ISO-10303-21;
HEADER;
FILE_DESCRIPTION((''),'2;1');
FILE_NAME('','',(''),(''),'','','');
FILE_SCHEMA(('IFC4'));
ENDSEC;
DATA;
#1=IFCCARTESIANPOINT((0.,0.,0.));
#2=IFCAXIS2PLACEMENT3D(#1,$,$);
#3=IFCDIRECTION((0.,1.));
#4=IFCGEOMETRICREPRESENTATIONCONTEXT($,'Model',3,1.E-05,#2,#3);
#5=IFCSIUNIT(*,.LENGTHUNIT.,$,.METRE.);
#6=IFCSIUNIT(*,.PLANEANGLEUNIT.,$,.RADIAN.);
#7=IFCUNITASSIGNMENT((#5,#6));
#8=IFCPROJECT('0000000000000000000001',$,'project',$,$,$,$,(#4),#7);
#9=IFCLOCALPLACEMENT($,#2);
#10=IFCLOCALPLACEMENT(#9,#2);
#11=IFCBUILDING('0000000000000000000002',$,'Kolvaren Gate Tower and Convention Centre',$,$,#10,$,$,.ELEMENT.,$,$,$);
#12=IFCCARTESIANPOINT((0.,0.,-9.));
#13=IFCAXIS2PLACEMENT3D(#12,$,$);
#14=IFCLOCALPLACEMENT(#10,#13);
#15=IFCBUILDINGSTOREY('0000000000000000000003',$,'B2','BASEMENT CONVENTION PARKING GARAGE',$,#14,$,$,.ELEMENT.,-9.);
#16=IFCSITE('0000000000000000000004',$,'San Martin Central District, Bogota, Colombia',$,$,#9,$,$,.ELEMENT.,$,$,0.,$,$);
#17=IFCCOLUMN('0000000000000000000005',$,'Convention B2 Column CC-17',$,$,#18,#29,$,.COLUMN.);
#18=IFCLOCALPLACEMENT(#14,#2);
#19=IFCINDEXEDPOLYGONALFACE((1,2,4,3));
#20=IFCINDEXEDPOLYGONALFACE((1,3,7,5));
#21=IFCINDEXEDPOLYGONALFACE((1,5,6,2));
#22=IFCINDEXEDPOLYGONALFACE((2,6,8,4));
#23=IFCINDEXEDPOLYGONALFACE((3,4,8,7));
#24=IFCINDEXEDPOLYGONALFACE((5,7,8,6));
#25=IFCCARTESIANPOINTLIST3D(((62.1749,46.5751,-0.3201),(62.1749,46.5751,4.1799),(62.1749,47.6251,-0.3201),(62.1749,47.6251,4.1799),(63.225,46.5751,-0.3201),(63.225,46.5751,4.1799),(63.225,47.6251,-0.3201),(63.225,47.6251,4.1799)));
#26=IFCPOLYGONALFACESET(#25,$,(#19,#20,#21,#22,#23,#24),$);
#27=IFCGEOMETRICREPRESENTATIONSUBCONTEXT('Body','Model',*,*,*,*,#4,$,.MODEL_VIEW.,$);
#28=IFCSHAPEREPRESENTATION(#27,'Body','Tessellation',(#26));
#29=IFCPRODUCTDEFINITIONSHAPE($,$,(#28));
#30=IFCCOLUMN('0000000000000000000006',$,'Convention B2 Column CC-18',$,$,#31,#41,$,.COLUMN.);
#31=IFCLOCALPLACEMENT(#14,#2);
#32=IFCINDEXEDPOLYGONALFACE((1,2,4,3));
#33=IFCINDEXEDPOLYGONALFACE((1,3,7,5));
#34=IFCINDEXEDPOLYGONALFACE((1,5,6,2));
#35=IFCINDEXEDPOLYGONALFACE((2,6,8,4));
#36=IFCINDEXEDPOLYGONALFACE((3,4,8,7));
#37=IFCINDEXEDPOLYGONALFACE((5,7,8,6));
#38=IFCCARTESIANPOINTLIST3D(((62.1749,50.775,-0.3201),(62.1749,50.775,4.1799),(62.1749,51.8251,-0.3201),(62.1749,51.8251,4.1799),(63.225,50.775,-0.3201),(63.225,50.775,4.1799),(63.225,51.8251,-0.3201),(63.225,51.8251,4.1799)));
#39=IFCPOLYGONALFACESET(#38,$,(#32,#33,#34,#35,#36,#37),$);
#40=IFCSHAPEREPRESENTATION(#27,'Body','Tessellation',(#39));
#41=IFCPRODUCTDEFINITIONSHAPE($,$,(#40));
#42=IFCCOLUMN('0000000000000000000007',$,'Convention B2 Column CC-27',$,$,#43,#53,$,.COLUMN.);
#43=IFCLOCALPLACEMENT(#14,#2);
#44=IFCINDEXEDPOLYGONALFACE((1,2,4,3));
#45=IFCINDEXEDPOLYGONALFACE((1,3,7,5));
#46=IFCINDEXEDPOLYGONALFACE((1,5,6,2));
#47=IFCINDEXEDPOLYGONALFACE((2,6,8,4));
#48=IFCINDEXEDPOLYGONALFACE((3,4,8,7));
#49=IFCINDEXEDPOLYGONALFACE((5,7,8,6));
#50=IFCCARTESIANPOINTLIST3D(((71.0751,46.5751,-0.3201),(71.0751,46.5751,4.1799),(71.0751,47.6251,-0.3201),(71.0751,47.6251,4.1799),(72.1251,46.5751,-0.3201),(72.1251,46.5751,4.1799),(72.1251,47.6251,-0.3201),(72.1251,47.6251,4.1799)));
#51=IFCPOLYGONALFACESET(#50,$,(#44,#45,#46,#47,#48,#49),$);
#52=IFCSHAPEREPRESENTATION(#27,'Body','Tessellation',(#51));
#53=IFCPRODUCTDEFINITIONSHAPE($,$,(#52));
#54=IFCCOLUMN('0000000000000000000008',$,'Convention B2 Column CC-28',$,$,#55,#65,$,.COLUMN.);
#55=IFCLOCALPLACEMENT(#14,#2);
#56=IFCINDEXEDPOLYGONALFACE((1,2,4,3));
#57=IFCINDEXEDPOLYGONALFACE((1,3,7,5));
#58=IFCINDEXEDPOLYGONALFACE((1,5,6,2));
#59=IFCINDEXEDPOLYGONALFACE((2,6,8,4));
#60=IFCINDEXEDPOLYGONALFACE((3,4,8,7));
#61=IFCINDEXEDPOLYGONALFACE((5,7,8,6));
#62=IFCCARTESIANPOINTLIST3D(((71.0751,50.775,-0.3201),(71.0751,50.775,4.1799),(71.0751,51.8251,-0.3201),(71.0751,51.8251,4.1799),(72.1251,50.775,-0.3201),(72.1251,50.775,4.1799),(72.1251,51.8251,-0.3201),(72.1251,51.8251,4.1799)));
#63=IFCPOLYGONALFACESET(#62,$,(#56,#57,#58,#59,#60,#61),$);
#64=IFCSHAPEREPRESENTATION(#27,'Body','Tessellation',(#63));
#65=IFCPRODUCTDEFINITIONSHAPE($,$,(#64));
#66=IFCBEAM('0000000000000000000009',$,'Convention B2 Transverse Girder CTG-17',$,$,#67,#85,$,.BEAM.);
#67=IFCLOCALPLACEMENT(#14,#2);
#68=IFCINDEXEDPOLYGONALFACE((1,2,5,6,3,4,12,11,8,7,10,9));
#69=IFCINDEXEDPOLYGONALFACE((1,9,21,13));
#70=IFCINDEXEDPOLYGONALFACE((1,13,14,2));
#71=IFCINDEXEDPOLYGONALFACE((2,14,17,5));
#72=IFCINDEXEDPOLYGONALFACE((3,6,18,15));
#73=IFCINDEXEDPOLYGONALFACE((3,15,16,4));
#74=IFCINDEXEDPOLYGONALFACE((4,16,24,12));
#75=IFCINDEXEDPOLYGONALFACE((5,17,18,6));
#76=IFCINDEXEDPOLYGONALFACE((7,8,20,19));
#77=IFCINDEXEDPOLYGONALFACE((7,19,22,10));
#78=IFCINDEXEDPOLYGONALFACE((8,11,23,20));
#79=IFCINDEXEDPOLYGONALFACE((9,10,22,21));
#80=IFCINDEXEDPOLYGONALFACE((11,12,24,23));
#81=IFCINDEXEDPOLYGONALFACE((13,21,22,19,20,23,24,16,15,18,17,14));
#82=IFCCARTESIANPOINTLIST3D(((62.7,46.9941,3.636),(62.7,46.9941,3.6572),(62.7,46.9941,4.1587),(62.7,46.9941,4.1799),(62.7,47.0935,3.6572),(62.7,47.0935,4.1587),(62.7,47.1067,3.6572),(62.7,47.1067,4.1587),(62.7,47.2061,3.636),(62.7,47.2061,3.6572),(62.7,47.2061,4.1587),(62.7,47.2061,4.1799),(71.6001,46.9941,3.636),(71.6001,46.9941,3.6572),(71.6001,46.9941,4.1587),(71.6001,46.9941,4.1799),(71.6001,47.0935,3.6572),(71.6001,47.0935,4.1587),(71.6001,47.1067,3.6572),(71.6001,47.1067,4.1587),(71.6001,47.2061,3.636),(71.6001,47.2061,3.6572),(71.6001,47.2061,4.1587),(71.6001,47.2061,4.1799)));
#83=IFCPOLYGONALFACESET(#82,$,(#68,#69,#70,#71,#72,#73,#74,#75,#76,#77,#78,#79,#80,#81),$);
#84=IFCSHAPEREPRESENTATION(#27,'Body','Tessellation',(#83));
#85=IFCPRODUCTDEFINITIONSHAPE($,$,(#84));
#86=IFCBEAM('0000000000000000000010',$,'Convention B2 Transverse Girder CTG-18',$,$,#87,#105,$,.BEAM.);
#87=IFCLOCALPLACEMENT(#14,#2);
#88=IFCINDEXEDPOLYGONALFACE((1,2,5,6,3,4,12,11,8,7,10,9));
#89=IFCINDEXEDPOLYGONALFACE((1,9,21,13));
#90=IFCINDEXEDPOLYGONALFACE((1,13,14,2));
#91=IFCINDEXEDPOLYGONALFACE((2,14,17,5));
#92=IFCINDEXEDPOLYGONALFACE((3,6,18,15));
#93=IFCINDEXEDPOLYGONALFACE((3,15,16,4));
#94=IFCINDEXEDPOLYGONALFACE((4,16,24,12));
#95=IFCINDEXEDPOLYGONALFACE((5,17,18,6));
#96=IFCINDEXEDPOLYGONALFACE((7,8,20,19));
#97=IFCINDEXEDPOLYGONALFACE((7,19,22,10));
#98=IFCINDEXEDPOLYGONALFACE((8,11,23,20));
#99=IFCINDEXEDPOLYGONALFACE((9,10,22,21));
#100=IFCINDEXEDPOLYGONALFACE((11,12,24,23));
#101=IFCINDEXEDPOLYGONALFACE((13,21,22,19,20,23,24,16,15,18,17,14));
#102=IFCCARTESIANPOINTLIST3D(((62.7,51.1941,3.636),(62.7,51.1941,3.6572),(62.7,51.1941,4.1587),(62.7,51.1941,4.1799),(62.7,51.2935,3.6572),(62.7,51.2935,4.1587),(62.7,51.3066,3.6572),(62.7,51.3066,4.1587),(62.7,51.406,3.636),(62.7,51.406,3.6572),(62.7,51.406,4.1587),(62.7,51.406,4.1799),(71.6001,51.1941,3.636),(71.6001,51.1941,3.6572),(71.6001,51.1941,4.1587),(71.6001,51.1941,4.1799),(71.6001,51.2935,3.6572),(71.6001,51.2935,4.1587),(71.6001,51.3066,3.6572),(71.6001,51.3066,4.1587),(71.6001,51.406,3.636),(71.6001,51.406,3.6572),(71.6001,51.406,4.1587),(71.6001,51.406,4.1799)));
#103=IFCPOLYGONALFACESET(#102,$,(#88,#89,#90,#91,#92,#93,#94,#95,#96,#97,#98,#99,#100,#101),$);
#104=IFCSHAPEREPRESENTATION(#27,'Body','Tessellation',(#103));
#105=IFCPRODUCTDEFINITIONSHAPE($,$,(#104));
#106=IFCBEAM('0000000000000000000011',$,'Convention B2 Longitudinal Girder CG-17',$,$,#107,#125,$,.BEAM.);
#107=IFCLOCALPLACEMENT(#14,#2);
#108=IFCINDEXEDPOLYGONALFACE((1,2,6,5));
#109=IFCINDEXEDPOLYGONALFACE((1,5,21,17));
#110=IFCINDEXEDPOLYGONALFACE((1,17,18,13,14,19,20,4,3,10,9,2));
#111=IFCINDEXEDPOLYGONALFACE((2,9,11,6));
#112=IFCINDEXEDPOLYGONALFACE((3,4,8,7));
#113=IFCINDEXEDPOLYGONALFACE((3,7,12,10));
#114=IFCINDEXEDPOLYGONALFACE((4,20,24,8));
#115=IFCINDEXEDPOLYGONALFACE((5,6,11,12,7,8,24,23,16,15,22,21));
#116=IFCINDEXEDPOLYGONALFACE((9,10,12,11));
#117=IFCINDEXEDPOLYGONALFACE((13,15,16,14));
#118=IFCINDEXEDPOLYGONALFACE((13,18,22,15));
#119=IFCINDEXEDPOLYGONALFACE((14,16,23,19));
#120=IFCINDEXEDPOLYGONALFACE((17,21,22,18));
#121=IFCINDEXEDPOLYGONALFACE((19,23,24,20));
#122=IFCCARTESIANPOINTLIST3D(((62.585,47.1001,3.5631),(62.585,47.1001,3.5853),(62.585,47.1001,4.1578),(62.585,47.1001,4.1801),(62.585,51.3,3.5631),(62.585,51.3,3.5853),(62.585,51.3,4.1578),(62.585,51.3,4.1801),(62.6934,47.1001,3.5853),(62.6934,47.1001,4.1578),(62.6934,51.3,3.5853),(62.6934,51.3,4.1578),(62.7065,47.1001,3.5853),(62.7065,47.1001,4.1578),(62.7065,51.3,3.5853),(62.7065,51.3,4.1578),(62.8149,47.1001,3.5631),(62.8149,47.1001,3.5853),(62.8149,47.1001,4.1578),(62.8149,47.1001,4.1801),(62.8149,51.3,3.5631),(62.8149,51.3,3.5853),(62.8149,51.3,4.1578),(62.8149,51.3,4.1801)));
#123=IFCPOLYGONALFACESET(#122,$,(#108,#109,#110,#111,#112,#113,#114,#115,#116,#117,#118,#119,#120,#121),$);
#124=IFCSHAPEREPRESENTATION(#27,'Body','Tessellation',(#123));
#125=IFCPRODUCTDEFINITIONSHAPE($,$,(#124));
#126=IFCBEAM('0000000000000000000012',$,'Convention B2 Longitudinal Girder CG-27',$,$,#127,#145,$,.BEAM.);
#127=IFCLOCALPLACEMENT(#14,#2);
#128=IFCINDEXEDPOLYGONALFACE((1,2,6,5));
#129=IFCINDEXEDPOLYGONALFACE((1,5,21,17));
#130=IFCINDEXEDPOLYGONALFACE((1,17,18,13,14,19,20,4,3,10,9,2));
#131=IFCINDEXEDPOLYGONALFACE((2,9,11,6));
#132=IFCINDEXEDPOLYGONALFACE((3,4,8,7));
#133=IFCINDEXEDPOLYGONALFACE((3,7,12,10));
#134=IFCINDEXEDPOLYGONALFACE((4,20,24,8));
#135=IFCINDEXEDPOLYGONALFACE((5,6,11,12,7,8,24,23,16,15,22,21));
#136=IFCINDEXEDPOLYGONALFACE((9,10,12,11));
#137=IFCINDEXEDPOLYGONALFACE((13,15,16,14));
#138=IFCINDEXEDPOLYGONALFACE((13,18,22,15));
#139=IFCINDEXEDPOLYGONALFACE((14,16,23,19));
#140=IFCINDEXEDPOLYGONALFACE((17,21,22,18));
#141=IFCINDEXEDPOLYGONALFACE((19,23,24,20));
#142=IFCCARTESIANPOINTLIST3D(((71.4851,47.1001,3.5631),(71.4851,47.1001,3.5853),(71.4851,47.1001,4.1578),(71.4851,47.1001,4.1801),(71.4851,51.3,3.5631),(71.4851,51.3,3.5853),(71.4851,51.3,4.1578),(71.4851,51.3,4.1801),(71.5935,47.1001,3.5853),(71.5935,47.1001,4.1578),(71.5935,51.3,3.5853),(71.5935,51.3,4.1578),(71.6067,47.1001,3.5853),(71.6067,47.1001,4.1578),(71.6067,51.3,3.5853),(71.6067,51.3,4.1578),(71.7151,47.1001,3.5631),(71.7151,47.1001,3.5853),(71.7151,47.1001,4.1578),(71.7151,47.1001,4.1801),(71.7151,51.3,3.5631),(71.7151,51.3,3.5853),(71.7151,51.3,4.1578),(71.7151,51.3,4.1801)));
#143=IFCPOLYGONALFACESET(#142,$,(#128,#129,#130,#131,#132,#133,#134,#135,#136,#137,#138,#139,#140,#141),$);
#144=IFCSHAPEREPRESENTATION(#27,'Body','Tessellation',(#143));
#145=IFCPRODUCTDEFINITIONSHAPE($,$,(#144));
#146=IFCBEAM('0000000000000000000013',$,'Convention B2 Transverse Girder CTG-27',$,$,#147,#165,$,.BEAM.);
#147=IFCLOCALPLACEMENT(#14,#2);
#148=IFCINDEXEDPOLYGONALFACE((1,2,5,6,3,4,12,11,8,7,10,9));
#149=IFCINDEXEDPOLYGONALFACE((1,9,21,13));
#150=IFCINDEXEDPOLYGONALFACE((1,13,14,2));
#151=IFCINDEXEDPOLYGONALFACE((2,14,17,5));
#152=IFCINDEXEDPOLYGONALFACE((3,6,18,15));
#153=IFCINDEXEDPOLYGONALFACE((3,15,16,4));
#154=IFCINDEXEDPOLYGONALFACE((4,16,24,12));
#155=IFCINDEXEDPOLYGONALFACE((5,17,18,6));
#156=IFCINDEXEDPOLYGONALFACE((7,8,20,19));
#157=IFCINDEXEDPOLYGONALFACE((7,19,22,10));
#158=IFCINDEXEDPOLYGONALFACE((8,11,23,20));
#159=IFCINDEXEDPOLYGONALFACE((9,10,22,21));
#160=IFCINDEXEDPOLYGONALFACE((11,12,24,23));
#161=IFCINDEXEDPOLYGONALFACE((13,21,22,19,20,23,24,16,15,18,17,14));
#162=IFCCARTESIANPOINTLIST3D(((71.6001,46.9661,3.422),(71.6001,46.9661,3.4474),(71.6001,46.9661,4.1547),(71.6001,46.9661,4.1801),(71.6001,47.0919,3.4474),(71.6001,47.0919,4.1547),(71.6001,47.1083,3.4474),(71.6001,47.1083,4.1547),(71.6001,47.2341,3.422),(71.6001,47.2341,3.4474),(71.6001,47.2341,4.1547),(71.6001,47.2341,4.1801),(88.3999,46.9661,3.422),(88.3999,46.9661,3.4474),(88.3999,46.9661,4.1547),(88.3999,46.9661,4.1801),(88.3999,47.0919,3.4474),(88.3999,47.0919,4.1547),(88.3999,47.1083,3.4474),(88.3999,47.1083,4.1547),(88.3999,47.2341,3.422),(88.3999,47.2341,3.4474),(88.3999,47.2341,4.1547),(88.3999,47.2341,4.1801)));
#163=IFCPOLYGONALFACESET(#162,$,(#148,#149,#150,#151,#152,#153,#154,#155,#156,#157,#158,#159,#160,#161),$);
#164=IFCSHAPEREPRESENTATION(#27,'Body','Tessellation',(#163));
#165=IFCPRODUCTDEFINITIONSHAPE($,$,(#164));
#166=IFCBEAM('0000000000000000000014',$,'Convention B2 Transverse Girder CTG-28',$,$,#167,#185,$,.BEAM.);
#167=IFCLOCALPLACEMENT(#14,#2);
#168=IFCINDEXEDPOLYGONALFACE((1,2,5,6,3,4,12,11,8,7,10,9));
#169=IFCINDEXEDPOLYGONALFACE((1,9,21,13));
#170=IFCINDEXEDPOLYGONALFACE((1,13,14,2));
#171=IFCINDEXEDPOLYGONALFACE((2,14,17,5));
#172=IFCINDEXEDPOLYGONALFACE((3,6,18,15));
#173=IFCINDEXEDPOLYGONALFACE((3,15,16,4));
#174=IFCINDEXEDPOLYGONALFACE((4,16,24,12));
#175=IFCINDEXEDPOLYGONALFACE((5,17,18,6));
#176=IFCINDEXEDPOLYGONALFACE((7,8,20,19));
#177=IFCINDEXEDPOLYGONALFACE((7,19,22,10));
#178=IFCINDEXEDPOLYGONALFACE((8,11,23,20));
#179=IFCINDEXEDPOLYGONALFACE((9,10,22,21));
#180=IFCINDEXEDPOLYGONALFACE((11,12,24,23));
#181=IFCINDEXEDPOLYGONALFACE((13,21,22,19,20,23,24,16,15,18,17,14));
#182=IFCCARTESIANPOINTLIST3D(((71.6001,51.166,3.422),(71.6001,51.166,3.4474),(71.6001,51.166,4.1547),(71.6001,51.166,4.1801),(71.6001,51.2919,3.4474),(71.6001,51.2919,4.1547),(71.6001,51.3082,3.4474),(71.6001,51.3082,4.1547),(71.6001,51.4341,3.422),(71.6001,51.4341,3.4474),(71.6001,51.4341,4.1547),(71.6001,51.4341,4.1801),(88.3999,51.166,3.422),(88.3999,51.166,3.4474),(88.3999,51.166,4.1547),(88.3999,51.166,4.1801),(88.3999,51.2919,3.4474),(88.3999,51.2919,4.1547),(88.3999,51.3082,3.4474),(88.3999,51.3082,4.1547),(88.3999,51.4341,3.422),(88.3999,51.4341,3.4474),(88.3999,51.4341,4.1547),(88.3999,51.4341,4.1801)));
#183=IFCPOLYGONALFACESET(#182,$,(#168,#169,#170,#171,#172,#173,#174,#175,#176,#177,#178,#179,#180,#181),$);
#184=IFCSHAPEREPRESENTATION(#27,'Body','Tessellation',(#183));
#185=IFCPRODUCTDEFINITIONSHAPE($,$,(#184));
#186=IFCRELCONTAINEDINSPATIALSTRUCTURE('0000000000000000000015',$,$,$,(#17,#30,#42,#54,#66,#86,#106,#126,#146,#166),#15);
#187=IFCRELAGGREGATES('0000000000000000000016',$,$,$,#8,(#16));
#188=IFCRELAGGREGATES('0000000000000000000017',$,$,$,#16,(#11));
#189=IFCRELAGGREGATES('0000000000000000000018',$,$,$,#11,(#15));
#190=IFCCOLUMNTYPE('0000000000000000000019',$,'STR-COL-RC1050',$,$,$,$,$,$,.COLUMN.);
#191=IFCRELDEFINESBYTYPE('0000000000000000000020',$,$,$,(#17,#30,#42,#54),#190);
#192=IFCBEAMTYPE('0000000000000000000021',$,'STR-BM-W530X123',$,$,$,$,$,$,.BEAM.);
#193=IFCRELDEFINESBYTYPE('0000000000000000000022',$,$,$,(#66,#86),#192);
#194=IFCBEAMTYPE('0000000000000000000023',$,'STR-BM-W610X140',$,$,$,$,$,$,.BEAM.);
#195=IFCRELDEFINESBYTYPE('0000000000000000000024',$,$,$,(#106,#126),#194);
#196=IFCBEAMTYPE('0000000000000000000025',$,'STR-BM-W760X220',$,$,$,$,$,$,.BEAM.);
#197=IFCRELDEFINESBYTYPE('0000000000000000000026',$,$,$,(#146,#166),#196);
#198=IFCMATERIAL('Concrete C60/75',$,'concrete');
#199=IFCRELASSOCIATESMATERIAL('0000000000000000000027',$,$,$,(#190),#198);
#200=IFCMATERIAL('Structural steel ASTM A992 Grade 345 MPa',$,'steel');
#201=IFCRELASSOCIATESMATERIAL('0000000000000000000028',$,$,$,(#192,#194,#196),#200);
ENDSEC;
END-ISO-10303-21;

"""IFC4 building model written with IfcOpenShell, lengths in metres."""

from ifc_helpers import new_model, si_unit, direction, frame, origin, origin_2d, place, context, subcontext, project, spatial, rectangle, i_section, extrude, material, material_profile, profile_set, type_object, element, save


model = new_model("IFC4")

# Units and contexts
model_context = context("Model", 3, precision=1e-05, world=origin(), true_north=direction((0.0, 1.0)))
body_context = subcontext(model_context, "Body", "Model", "MODEL_VIEW")
ifc_project = project(units=[si_unit("LENGTHUNIT", "METRE"), si_unit("PLANEANGLEUNIT", "RADIAN")], contexts=[model_context])

# Site, building, storey
site_placement = place(None, origin())
site = spatial("IfcSite", under=ifc_project, at=site_placement, Name="San Martin Central District, Bogota, Colombia", CompositionType="ELEMENT", RefElevation=0.0)
building_placement = place(site_placement, origin())
building = spatial("IfcBuilding", under=site, at=building_placement, Name="Kolvaren Gate Tower and Convention Centre", CompositionType="ELEMENT")
storey_placement = place(building_placement, frame((0.0, 0.0, -9.0)))
storey = spatial("IfcBuildingStorey", under=building, at=storey_placement, Name="B2", Description="BASEMENT CONVENTION PARKING GARAGE", CompositionType="ELEMENT", Elevation=-9.0)

# Columns
ifc_material_1 = material(Name="Concrete C60/75", Category="concrete")
ifc_material_profile_1 = material_profile(ifc_material_1, rectangle(XDim=1.05, YDim=1.05, at=origin_2d()), Name="RC-COL-1050X1050")
ifc_profile_set_1 = profile_set([ifc_material_profile_1], Name="Concrete C60/75")
column_type = type_object("IfcColumnType", Name="STR-COL-RC1050", PredefinedType="COLUMN", material=ifc_profile_set_1)
for number, where, z_axis, x_axis, name in (
    (1, (62.7, 47.1001, -0.3201), (0.0, 0.0, 1.0), (1.0, 0.0, 0.0), "Convention B2 Column CC-17"),
    (2, (62.7, 51.3, -0.3201), (0.0, 0.0, 1.0), (1.0, 0.0, 0.0), "Convention B2 Column CC-18"),
    (3, (71.6001, 47.1001, -0.3201), (0.0, 0.0, 1.0), (1.0, 0.0, 0.0), "Convention B2 Column CC-27"),
    (4, (71.6001, 51.3, -0.3201), (0.0, 0.0, 1.0), (1.0, 0.0, 0.0), "Convention B2 Column CC-28"),
):
    element("IfcColumn", number, at=place(storey_placement, frame(where, z_axis=z_axis, x_axis=x_axis)), inside=storey, type_object=column_type, Name=name, PredefinedType="COLUMN", context=body_context, shape_type="SweptSolid", body=[
        extrude(rectangle(XDim=1.05, YDim=1.05, at=origin_2d()), origin(), (0.0, 0.0, 1.0), 4.5),
    ])

# Beams
ifc_material_2 = material(Name="Structural steel ASTM A992 Grade 345 MPa", Category="steel")
ifc_material_profile_2 = material_profile(ifc_material_2, i_section(OverallWidth=0.2119, OverallDepth=0.5439, WebThickness=0.0132, FlangeThickness=0.0212, at=origin_2d()), Name="W530X123")
ifc_profile_set_2 = profile_set([ifc_material_profile_2], Name="Structural steel ASTM A992 Grade 345 MPa")
beam_type_1 = type_object("IfcBeamType", Name="STR-BM-W530X123", PredefinedType="BEAM", material=ifc_profile_set_2)
for number, where, z_axis, x_axis, name in (
    (5, (62.7, 47.1001, 3.908), (1.0, 0.0, 0.0), (0.0, 1.0, 0.0), "Convention B2 Transverse Girder CTG-17"),
    (6, (62.7, 51.3, 3.908), (1.0, 0.0, 0.0), (0.0, 1.0, 0.0), "Convention B2 Transverse Girder CTG-18"),
):
    element("IfcBeam", number, at=place(storey_placement, frame(where, z_axis=z_axis, x_axis=x_axis)), inside=storey, type_object=beam_type_1, Name=name, PredefinedType="BEAM", context=body_context, shape_type="SweptSolid", body=[
        extrude(i_section(OverallWidth=0.2119, OverallDepth=0.5439, WebThickness=0.0132, FlangeThickness=0.0212, at=origin_2d()), origin(), (0.0, 0.0, 1.0), 8.9001),
    ])
ifc_material_profile_3 = material_profile(ifc_material_2, i_section(OverallWidth=0.23, OverallDepth=0.6169, WebThickness=0.0132, FlangeThickness=0.0222, at=origin_2d()), Name="W610X140")
ifc_profile_set_3 = profile_set([ifc_material_profile_3], Name="Structural steel ASTM A992 Grade 345 MPa")
beam_type_2 = type_object("IfcBeamType", Name="STR-BM-W610X140", PredefinedType="BEAM", material=ifc_profile_set_3)
for number, where, z_axis, x_axis, name in (
    (7, (62.7, 47.1001, 3.8716), (0.0, 1.0, 0.0), (-1.0, 0.0, 0.0), "Convention B2 Longitudinal Girder CG-17"),
    (8, (71.6001, 47.1001, 3.8716), (0.0, 1.0, 0.0), (-1.0, 0.0, 0.0), "Convention B2 Longitudinal Girder CG-27"),
):
    element("IfcBeam", number, at=place(storey_placement, frame(where, z_axis=z_axis, x_axis=x_axis)), inside=storey, type_object=beam_type_2, Name=name, PredefinedType="BEAM", context=body_context, shape_type="SweptSolid", body=[
        extrude(i_section(OverallWidth=0.23, OverallDepth=0.6169, WebThickness=0.0132, FlangeThickness=0.0222, at=origin_2d()), origin(), (0.0, 0.0, 1.0), 4.2),
    ])
ifc_material_profile_4 = material_profile(ifc_material_2, i_section(OverallWidth=0.2681, OverallDepth=0.7581, WebThickness=0.0164, FlangeThickness=0.0254, at=origin_2d()), Name="W760X220")
ifc_profile_set_4 = profile_set([ifc_material_profile_4], Name="Structural steel ASTM A992 Grade 345 MPa")
beam_type_3 = type_object("IfcBeamType", Name="STR-BM-W760X220", PredefinedType="BEAM", material=ifc_profile_set_4)
for number, where, z_axis, x_axis, name in (
    (9, (71.6001, 47.1001, 3.801), (1.0, 0.0, 0.0), (0.0, 1.0, 0.0), "Convention B2 Transverse Girder CTG-27"),
    (10, (71.6001, 51.3, 3.801), (1.0, 0.0, 0.0), (0.0, 1.0, 0.0), "Convention B2 Transverse Girder CTG-28"),
):
    element("IfcBeam", number, at=place(storey_placement, frame(where, z_axis=z_axis, x_axis=x_axis)), inside=storey, type_object=beam_type_3, Name=name, PredefinedType="BEAM", context=body_context, shape_type="SweptSolid", body=[
        extrude(i_section(OverallWidth=0.2681, OverallDepth=0.7581, WebThickness=0.0164, FlangeThickness=0.0254, at=origin_2d()), origin(), (0.0, 0.0, 1.0), 16.7998),
    ])

save(model, "model.ifc")
